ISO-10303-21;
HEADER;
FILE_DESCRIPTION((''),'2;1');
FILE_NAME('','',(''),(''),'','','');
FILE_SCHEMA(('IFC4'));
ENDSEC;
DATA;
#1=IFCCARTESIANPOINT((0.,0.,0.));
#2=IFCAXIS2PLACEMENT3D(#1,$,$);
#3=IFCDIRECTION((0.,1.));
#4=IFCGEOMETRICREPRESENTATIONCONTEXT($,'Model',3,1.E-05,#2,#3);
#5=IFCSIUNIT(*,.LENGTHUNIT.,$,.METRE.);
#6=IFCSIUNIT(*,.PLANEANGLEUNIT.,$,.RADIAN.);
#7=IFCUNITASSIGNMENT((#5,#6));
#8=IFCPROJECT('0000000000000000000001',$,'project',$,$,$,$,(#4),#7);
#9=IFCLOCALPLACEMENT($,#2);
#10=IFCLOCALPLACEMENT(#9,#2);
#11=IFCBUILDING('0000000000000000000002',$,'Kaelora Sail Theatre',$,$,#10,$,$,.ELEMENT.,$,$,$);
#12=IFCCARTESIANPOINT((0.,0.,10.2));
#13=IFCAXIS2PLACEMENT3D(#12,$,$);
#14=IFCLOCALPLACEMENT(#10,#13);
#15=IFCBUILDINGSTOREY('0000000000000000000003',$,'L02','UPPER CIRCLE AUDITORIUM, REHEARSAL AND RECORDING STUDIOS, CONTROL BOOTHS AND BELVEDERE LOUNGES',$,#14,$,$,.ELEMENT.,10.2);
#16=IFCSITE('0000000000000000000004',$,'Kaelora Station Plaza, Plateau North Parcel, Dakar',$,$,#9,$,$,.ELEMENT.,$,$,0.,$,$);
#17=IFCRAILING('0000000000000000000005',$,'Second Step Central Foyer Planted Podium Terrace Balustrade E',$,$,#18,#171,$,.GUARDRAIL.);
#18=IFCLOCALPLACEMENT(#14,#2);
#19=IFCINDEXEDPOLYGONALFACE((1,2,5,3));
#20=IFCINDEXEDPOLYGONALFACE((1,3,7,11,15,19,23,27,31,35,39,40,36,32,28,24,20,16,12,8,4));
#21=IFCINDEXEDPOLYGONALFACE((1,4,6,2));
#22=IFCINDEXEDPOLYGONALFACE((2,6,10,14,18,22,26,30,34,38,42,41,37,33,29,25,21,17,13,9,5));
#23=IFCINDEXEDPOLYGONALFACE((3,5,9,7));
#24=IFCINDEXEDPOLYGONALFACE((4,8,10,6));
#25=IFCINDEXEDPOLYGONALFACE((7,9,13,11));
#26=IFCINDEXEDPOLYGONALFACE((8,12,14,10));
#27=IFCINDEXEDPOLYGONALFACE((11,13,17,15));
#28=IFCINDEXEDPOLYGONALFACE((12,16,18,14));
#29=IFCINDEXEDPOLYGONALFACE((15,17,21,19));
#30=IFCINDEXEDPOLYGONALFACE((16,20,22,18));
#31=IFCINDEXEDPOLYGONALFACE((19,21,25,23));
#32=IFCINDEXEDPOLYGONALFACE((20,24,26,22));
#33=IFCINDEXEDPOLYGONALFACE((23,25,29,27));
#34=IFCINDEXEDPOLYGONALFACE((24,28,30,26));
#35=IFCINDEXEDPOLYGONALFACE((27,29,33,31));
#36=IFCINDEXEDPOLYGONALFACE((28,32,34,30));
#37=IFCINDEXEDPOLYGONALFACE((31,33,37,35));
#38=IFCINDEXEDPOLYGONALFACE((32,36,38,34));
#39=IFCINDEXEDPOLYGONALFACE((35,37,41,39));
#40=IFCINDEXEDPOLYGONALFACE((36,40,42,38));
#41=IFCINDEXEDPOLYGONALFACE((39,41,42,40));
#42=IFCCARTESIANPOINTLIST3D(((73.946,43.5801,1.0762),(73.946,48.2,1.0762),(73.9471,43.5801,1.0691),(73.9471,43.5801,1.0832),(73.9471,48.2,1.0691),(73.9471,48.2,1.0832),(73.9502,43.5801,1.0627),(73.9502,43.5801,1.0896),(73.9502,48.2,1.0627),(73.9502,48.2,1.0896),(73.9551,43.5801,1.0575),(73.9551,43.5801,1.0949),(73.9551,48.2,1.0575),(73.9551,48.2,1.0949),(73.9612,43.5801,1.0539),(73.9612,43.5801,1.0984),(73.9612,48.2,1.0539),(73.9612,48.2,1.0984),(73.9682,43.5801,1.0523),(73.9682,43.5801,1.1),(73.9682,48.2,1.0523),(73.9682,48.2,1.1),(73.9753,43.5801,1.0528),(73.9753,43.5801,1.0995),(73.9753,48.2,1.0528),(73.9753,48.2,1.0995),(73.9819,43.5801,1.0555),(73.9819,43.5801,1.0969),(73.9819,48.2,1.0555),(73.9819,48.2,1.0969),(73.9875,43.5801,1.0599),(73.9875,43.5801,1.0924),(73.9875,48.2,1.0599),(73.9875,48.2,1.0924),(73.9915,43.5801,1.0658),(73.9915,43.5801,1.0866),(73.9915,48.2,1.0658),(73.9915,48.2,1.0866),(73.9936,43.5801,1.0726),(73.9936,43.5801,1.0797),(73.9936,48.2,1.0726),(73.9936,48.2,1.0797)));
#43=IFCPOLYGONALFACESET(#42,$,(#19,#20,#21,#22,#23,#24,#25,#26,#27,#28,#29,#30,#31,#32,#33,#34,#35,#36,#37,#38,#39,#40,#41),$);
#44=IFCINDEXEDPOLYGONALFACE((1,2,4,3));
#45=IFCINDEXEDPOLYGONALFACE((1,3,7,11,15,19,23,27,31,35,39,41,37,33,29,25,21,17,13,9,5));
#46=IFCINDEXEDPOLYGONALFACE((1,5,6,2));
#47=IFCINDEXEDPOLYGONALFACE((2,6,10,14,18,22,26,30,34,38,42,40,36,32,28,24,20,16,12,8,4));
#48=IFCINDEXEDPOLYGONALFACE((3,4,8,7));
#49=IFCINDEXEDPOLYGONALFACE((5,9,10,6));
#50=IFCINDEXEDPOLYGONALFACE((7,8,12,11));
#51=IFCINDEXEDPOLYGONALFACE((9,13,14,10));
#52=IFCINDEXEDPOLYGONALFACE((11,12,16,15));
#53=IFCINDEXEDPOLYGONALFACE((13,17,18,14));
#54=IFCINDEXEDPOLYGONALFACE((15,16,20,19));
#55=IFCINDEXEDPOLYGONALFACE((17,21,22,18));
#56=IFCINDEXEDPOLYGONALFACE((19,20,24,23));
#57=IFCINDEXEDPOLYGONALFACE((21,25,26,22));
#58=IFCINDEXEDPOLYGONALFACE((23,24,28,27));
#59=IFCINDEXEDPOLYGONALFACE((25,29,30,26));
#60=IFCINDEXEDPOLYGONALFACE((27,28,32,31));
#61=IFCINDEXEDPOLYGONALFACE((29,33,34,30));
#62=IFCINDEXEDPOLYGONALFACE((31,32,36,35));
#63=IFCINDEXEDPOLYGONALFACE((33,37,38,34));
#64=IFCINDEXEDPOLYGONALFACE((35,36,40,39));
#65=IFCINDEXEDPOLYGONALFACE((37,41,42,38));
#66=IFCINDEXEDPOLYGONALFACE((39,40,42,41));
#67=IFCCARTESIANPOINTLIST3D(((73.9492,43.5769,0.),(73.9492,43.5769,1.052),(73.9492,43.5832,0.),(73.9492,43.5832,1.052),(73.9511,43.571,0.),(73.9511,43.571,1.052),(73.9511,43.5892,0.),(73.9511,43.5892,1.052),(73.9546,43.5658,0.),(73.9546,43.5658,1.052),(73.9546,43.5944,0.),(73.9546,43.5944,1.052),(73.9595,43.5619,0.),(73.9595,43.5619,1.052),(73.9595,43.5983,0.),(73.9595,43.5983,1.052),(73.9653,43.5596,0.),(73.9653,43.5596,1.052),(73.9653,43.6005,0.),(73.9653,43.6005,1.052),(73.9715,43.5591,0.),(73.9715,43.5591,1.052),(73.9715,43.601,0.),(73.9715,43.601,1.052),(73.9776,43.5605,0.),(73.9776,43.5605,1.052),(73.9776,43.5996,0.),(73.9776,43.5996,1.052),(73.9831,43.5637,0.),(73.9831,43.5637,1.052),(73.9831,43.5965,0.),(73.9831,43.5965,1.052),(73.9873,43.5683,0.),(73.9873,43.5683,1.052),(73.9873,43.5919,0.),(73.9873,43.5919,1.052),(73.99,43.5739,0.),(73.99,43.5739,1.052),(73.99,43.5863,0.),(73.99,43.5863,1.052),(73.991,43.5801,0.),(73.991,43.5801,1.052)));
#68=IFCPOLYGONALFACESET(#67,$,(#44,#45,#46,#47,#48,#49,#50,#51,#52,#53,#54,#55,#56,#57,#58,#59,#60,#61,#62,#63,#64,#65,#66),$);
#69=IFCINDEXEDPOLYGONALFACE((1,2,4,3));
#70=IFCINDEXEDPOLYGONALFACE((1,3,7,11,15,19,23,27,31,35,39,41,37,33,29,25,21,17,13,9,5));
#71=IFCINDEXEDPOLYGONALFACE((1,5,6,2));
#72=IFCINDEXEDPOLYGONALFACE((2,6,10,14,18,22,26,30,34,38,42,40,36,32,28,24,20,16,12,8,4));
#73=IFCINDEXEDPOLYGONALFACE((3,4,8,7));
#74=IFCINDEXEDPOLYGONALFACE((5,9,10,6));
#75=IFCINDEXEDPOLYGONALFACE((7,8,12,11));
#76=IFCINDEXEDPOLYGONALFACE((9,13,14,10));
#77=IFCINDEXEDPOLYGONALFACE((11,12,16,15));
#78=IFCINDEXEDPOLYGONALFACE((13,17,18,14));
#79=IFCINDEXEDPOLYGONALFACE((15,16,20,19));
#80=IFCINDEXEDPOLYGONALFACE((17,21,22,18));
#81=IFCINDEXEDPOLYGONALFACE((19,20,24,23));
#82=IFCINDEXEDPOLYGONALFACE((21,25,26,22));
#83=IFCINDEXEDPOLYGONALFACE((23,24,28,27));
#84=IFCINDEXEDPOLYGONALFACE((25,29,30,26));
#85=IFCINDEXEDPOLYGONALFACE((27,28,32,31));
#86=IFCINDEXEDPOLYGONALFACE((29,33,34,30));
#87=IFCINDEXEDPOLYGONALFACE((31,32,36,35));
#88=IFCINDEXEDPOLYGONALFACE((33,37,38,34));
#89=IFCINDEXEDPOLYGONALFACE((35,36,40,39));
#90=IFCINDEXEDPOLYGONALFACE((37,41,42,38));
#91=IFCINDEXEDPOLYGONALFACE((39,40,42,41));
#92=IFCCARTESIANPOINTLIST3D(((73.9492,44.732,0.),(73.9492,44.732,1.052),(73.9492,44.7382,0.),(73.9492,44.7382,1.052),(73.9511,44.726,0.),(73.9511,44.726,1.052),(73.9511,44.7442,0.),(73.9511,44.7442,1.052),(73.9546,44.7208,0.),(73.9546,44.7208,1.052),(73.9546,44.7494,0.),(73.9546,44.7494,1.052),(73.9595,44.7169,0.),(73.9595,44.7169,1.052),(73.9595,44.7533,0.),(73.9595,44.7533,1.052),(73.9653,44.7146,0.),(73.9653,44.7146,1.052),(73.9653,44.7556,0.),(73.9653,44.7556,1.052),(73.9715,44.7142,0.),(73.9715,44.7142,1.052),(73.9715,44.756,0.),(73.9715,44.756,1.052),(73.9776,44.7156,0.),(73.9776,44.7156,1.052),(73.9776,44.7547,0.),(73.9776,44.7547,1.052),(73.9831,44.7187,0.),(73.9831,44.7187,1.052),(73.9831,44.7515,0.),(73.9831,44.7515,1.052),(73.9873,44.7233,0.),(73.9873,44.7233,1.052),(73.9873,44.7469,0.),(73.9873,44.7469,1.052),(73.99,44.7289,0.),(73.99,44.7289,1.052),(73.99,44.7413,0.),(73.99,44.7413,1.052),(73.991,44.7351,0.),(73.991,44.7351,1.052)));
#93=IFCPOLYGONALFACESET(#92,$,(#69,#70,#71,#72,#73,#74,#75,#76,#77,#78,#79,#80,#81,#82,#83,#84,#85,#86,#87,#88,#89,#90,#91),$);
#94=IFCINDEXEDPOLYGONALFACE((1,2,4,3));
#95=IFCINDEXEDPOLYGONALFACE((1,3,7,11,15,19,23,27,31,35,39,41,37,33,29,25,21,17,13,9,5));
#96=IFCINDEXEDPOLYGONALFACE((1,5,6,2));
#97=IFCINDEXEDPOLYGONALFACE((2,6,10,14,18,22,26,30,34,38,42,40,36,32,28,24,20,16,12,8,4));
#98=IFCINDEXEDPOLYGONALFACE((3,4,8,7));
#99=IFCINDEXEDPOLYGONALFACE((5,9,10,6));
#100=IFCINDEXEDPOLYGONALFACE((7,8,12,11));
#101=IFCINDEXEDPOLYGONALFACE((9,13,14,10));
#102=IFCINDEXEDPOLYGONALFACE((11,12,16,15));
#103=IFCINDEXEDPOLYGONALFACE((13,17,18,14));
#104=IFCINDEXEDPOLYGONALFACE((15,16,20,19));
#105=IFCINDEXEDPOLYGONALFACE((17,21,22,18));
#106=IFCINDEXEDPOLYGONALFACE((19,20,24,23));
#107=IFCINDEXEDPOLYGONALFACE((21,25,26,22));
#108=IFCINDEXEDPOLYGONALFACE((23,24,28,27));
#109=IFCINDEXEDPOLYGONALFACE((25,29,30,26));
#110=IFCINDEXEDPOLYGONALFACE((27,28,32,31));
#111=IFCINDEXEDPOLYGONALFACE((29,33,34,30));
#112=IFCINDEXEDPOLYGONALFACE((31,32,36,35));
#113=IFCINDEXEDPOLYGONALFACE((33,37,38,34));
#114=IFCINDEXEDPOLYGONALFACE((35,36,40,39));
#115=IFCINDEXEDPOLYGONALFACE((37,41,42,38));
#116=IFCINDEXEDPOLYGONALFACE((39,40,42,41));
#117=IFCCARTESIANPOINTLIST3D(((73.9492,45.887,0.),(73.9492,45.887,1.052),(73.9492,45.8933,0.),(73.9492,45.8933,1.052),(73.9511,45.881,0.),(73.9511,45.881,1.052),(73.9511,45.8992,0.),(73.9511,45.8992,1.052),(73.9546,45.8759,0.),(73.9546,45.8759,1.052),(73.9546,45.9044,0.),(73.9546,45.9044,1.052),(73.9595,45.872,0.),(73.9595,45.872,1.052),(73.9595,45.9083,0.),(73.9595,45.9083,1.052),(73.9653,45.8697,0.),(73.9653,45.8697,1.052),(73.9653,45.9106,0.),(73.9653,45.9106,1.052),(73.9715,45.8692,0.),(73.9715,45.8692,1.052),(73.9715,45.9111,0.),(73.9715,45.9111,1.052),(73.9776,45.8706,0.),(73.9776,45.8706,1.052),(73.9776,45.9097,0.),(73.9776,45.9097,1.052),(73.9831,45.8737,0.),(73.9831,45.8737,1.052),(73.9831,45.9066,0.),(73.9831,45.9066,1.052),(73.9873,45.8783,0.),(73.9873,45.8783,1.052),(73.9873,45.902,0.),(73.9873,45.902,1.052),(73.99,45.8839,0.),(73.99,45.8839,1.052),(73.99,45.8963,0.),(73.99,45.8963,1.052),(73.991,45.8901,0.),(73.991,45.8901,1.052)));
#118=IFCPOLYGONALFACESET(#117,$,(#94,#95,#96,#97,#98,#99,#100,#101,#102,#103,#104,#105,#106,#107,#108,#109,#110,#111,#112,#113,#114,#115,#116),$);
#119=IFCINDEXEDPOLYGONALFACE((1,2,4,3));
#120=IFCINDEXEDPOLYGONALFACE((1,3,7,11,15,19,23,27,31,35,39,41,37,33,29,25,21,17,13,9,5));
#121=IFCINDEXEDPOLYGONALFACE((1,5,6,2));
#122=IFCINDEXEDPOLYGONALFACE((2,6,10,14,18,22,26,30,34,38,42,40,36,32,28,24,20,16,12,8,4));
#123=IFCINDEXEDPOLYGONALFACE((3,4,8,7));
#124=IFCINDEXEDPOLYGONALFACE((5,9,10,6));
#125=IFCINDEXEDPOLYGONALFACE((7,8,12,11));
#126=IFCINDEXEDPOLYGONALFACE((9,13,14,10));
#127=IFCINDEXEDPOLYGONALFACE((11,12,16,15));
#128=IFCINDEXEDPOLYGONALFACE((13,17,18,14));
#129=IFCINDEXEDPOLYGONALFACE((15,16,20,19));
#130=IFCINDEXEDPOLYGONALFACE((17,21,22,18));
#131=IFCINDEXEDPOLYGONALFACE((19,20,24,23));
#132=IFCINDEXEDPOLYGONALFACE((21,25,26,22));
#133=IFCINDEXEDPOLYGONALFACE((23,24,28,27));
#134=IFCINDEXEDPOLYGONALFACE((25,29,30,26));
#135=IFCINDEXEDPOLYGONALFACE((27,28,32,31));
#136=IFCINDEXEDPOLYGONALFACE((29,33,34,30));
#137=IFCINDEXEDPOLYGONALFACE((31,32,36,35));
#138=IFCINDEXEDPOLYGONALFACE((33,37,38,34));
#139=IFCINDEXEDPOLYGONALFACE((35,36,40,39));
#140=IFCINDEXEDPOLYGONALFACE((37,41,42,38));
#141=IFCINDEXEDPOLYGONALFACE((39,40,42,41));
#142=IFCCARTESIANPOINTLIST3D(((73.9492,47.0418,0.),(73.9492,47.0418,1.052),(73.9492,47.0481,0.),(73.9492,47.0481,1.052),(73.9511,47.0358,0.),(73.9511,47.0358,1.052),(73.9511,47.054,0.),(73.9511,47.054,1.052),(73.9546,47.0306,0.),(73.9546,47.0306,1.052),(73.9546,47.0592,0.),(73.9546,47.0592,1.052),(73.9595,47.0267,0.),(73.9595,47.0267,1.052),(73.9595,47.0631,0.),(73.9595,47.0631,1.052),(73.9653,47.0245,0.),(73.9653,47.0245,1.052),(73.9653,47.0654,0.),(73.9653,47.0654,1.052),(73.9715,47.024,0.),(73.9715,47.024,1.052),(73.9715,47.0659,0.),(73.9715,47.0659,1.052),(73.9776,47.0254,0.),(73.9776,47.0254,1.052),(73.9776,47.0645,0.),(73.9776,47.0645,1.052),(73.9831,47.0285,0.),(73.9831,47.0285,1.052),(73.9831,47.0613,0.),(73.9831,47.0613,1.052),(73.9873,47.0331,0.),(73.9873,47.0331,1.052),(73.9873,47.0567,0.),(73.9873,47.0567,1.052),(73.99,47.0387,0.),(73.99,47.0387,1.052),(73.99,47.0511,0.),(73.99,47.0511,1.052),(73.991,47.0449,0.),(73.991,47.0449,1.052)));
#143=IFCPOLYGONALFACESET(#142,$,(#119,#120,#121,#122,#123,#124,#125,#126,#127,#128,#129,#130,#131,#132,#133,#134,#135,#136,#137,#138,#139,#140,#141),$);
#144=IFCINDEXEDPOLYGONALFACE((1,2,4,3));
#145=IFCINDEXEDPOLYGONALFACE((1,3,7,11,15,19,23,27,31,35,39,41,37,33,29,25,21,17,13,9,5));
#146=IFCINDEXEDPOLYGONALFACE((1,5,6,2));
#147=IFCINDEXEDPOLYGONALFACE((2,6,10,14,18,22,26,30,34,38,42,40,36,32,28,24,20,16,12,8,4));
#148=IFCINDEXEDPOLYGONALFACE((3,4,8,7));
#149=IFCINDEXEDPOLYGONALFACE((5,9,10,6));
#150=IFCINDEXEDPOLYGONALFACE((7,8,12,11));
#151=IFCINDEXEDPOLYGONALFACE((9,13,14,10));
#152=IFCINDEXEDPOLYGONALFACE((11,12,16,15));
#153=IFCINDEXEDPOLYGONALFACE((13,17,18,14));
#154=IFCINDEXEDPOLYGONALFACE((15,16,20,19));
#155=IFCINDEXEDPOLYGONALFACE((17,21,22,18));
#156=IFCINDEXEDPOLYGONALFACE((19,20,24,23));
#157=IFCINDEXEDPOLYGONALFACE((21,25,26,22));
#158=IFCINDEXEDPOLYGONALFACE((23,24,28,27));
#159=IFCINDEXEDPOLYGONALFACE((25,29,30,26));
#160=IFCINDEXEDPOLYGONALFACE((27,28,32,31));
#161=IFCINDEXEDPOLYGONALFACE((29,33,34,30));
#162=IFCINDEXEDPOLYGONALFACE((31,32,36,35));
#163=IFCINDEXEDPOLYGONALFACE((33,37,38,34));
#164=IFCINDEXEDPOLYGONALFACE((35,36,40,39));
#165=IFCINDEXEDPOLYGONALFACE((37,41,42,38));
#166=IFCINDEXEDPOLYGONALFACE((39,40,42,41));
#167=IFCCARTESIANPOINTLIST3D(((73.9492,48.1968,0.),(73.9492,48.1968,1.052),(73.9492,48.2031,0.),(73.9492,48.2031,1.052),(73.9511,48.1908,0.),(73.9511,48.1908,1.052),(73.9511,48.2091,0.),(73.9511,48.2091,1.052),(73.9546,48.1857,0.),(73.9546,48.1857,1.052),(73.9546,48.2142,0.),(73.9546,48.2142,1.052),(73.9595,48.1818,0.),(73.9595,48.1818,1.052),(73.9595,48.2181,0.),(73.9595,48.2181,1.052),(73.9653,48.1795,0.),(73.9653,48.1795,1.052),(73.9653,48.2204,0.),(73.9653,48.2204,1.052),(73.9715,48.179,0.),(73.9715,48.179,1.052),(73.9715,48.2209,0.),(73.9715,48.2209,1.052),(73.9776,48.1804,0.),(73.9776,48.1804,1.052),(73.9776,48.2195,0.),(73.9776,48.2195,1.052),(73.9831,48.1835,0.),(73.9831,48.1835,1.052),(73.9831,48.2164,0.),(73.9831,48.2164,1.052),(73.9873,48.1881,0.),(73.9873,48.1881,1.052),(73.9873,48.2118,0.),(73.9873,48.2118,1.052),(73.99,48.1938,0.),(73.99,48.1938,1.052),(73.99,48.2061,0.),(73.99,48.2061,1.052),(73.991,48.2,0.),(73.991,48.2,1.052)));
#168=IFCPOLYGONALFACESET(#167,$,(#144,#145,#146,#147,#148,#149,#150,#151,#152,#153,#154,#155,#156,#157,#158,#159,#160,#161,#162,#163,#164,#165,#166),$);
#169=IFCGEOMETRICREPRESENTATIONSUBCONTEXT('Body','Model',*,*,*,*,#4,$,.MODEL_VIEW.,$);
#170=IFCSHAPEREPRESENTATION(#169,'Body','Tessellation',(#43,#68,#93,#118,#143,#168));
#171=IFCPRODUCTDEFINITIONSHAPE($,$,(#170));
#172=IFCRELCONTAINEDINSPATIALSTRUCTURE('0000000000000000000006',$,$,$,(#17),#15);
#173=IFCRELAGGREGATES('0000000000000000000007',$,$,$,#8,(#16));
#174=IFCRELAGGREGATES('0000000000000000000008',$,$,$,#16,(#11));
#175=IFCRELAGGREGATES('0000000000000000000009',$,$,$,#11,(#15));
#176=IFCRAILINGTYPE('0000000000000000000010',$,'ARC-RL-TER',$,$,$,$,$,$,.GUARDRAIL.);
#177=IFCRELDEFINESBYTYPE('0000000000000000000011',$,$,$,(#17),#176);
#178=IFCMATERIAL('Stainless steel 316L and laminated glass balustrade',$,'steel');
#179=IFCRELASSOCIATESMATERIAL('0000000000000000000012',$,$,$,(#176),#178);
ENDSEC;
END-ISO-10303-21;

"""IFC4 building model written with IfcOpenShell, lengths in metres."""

from ifc_helpers import new_model, si_unit, direction, frame, origin, origin_2d, place, context, subcontext, project, spatial, circle, extrude, material, type_object, element, save


model = new_model("IFC4")

# Units and contexts
model_context = context("Model", 3, precision=1e-05, world=origin(), true_north=direction((0.0, 1.0)))
body_context = subcontext(model_context, "Body", "Model", "MODEL_VIEW")
ifc_project = project(units=[si_unit("LENGTHUNIT", "METRE"), si_unit("PLANEANGLEUNIT", "RADIAN")], contexts=[model_context])

# Site, building, storey
site_placement = place(None, origin())
site = spatial("IfcSite", under=ifc_project, at=site_placement, Name="Kaelora Station Plaza, Plateau North Parcel, Dakar", CompositionType="ELEMENT", RefElevation=0.0)
building_placement = place(site_placement, origin())
building = spatial("IfcBuilding", under=site, at=building_placement, Name="Kaelora Sail Theatre", CompositionType="ELEMENT")
storey_placement = place(building_placement, frame((0.0, 0.0, 10.2)))
storey = spatial("IfcBuildingStorey", under=building, at=storey_placement, Name="L02", Description="UPPER CIRCLE AUDITORIUM, REHEARSAL AND RECORDING STUDIOS, CONTROL BOOTHS AND BELVEDERE LOUNGES", CompositionType="ELEMENT", Elevation=10.2)

# Railing
ifc_material_1 = material(Name="Stainless steel 316L and laminated glass balustrade", Category="steel")
railing_type = type_object("IfcRailingType", Name="ARC-RL-TER", PredefinedType="GUARDRAIL", material=ifc_material_1)
railing_placement = place(storey_placement, frame((73.97, 43.5801, 0.0)))
element("IfcRailing", 1, at=railing_placement, inside=storey, type_object=railing_type, Name="Second Step Central Foyer Planted Podium Terrace Balustrade E", PredefinedType="GUARDRAIL", context=body_context, shape_type="SweptSolid", body=[
    extrude(circle(Radius=0.0239, at=origin_2d()), frame((0.0, 0.0, 1.0762), z_axis=(0.0, 1.0, 0.0), x_axis=(-1.0, 0.0, 0.0)), (0.0, 0.0, 1.0), 4.6199),
    extrude(circle(Radius=0.021, at=origin_2d()), origin(), (0.0, 0.0, 1.0), 1.052),
    extrude(circle(Radius=0.021, at=origin_2d()), frame((0.0, 1.155, 0.0)), (0.0, 0.0, 1.0), 1.052),
    extrude(circle(Radius=0.021, at=origin_2d()), frame((0.0, 2.3101, 0.0)), (0.0, 0.0, 1.0), 1.052),
    extrude(circle(Radius=0.021, at=origin_2d()), frame((0.0, 3.4648, 0.0)), (0.0, 0.0, 1.0), 1.052),
    extrude(circle(Radius=0.021, at=origin_2d()), frame((0.0, 4.6199, 0.0)), (0.0, 0.0, 1.0), 1.052),
])

save(model, "model.ifc")
